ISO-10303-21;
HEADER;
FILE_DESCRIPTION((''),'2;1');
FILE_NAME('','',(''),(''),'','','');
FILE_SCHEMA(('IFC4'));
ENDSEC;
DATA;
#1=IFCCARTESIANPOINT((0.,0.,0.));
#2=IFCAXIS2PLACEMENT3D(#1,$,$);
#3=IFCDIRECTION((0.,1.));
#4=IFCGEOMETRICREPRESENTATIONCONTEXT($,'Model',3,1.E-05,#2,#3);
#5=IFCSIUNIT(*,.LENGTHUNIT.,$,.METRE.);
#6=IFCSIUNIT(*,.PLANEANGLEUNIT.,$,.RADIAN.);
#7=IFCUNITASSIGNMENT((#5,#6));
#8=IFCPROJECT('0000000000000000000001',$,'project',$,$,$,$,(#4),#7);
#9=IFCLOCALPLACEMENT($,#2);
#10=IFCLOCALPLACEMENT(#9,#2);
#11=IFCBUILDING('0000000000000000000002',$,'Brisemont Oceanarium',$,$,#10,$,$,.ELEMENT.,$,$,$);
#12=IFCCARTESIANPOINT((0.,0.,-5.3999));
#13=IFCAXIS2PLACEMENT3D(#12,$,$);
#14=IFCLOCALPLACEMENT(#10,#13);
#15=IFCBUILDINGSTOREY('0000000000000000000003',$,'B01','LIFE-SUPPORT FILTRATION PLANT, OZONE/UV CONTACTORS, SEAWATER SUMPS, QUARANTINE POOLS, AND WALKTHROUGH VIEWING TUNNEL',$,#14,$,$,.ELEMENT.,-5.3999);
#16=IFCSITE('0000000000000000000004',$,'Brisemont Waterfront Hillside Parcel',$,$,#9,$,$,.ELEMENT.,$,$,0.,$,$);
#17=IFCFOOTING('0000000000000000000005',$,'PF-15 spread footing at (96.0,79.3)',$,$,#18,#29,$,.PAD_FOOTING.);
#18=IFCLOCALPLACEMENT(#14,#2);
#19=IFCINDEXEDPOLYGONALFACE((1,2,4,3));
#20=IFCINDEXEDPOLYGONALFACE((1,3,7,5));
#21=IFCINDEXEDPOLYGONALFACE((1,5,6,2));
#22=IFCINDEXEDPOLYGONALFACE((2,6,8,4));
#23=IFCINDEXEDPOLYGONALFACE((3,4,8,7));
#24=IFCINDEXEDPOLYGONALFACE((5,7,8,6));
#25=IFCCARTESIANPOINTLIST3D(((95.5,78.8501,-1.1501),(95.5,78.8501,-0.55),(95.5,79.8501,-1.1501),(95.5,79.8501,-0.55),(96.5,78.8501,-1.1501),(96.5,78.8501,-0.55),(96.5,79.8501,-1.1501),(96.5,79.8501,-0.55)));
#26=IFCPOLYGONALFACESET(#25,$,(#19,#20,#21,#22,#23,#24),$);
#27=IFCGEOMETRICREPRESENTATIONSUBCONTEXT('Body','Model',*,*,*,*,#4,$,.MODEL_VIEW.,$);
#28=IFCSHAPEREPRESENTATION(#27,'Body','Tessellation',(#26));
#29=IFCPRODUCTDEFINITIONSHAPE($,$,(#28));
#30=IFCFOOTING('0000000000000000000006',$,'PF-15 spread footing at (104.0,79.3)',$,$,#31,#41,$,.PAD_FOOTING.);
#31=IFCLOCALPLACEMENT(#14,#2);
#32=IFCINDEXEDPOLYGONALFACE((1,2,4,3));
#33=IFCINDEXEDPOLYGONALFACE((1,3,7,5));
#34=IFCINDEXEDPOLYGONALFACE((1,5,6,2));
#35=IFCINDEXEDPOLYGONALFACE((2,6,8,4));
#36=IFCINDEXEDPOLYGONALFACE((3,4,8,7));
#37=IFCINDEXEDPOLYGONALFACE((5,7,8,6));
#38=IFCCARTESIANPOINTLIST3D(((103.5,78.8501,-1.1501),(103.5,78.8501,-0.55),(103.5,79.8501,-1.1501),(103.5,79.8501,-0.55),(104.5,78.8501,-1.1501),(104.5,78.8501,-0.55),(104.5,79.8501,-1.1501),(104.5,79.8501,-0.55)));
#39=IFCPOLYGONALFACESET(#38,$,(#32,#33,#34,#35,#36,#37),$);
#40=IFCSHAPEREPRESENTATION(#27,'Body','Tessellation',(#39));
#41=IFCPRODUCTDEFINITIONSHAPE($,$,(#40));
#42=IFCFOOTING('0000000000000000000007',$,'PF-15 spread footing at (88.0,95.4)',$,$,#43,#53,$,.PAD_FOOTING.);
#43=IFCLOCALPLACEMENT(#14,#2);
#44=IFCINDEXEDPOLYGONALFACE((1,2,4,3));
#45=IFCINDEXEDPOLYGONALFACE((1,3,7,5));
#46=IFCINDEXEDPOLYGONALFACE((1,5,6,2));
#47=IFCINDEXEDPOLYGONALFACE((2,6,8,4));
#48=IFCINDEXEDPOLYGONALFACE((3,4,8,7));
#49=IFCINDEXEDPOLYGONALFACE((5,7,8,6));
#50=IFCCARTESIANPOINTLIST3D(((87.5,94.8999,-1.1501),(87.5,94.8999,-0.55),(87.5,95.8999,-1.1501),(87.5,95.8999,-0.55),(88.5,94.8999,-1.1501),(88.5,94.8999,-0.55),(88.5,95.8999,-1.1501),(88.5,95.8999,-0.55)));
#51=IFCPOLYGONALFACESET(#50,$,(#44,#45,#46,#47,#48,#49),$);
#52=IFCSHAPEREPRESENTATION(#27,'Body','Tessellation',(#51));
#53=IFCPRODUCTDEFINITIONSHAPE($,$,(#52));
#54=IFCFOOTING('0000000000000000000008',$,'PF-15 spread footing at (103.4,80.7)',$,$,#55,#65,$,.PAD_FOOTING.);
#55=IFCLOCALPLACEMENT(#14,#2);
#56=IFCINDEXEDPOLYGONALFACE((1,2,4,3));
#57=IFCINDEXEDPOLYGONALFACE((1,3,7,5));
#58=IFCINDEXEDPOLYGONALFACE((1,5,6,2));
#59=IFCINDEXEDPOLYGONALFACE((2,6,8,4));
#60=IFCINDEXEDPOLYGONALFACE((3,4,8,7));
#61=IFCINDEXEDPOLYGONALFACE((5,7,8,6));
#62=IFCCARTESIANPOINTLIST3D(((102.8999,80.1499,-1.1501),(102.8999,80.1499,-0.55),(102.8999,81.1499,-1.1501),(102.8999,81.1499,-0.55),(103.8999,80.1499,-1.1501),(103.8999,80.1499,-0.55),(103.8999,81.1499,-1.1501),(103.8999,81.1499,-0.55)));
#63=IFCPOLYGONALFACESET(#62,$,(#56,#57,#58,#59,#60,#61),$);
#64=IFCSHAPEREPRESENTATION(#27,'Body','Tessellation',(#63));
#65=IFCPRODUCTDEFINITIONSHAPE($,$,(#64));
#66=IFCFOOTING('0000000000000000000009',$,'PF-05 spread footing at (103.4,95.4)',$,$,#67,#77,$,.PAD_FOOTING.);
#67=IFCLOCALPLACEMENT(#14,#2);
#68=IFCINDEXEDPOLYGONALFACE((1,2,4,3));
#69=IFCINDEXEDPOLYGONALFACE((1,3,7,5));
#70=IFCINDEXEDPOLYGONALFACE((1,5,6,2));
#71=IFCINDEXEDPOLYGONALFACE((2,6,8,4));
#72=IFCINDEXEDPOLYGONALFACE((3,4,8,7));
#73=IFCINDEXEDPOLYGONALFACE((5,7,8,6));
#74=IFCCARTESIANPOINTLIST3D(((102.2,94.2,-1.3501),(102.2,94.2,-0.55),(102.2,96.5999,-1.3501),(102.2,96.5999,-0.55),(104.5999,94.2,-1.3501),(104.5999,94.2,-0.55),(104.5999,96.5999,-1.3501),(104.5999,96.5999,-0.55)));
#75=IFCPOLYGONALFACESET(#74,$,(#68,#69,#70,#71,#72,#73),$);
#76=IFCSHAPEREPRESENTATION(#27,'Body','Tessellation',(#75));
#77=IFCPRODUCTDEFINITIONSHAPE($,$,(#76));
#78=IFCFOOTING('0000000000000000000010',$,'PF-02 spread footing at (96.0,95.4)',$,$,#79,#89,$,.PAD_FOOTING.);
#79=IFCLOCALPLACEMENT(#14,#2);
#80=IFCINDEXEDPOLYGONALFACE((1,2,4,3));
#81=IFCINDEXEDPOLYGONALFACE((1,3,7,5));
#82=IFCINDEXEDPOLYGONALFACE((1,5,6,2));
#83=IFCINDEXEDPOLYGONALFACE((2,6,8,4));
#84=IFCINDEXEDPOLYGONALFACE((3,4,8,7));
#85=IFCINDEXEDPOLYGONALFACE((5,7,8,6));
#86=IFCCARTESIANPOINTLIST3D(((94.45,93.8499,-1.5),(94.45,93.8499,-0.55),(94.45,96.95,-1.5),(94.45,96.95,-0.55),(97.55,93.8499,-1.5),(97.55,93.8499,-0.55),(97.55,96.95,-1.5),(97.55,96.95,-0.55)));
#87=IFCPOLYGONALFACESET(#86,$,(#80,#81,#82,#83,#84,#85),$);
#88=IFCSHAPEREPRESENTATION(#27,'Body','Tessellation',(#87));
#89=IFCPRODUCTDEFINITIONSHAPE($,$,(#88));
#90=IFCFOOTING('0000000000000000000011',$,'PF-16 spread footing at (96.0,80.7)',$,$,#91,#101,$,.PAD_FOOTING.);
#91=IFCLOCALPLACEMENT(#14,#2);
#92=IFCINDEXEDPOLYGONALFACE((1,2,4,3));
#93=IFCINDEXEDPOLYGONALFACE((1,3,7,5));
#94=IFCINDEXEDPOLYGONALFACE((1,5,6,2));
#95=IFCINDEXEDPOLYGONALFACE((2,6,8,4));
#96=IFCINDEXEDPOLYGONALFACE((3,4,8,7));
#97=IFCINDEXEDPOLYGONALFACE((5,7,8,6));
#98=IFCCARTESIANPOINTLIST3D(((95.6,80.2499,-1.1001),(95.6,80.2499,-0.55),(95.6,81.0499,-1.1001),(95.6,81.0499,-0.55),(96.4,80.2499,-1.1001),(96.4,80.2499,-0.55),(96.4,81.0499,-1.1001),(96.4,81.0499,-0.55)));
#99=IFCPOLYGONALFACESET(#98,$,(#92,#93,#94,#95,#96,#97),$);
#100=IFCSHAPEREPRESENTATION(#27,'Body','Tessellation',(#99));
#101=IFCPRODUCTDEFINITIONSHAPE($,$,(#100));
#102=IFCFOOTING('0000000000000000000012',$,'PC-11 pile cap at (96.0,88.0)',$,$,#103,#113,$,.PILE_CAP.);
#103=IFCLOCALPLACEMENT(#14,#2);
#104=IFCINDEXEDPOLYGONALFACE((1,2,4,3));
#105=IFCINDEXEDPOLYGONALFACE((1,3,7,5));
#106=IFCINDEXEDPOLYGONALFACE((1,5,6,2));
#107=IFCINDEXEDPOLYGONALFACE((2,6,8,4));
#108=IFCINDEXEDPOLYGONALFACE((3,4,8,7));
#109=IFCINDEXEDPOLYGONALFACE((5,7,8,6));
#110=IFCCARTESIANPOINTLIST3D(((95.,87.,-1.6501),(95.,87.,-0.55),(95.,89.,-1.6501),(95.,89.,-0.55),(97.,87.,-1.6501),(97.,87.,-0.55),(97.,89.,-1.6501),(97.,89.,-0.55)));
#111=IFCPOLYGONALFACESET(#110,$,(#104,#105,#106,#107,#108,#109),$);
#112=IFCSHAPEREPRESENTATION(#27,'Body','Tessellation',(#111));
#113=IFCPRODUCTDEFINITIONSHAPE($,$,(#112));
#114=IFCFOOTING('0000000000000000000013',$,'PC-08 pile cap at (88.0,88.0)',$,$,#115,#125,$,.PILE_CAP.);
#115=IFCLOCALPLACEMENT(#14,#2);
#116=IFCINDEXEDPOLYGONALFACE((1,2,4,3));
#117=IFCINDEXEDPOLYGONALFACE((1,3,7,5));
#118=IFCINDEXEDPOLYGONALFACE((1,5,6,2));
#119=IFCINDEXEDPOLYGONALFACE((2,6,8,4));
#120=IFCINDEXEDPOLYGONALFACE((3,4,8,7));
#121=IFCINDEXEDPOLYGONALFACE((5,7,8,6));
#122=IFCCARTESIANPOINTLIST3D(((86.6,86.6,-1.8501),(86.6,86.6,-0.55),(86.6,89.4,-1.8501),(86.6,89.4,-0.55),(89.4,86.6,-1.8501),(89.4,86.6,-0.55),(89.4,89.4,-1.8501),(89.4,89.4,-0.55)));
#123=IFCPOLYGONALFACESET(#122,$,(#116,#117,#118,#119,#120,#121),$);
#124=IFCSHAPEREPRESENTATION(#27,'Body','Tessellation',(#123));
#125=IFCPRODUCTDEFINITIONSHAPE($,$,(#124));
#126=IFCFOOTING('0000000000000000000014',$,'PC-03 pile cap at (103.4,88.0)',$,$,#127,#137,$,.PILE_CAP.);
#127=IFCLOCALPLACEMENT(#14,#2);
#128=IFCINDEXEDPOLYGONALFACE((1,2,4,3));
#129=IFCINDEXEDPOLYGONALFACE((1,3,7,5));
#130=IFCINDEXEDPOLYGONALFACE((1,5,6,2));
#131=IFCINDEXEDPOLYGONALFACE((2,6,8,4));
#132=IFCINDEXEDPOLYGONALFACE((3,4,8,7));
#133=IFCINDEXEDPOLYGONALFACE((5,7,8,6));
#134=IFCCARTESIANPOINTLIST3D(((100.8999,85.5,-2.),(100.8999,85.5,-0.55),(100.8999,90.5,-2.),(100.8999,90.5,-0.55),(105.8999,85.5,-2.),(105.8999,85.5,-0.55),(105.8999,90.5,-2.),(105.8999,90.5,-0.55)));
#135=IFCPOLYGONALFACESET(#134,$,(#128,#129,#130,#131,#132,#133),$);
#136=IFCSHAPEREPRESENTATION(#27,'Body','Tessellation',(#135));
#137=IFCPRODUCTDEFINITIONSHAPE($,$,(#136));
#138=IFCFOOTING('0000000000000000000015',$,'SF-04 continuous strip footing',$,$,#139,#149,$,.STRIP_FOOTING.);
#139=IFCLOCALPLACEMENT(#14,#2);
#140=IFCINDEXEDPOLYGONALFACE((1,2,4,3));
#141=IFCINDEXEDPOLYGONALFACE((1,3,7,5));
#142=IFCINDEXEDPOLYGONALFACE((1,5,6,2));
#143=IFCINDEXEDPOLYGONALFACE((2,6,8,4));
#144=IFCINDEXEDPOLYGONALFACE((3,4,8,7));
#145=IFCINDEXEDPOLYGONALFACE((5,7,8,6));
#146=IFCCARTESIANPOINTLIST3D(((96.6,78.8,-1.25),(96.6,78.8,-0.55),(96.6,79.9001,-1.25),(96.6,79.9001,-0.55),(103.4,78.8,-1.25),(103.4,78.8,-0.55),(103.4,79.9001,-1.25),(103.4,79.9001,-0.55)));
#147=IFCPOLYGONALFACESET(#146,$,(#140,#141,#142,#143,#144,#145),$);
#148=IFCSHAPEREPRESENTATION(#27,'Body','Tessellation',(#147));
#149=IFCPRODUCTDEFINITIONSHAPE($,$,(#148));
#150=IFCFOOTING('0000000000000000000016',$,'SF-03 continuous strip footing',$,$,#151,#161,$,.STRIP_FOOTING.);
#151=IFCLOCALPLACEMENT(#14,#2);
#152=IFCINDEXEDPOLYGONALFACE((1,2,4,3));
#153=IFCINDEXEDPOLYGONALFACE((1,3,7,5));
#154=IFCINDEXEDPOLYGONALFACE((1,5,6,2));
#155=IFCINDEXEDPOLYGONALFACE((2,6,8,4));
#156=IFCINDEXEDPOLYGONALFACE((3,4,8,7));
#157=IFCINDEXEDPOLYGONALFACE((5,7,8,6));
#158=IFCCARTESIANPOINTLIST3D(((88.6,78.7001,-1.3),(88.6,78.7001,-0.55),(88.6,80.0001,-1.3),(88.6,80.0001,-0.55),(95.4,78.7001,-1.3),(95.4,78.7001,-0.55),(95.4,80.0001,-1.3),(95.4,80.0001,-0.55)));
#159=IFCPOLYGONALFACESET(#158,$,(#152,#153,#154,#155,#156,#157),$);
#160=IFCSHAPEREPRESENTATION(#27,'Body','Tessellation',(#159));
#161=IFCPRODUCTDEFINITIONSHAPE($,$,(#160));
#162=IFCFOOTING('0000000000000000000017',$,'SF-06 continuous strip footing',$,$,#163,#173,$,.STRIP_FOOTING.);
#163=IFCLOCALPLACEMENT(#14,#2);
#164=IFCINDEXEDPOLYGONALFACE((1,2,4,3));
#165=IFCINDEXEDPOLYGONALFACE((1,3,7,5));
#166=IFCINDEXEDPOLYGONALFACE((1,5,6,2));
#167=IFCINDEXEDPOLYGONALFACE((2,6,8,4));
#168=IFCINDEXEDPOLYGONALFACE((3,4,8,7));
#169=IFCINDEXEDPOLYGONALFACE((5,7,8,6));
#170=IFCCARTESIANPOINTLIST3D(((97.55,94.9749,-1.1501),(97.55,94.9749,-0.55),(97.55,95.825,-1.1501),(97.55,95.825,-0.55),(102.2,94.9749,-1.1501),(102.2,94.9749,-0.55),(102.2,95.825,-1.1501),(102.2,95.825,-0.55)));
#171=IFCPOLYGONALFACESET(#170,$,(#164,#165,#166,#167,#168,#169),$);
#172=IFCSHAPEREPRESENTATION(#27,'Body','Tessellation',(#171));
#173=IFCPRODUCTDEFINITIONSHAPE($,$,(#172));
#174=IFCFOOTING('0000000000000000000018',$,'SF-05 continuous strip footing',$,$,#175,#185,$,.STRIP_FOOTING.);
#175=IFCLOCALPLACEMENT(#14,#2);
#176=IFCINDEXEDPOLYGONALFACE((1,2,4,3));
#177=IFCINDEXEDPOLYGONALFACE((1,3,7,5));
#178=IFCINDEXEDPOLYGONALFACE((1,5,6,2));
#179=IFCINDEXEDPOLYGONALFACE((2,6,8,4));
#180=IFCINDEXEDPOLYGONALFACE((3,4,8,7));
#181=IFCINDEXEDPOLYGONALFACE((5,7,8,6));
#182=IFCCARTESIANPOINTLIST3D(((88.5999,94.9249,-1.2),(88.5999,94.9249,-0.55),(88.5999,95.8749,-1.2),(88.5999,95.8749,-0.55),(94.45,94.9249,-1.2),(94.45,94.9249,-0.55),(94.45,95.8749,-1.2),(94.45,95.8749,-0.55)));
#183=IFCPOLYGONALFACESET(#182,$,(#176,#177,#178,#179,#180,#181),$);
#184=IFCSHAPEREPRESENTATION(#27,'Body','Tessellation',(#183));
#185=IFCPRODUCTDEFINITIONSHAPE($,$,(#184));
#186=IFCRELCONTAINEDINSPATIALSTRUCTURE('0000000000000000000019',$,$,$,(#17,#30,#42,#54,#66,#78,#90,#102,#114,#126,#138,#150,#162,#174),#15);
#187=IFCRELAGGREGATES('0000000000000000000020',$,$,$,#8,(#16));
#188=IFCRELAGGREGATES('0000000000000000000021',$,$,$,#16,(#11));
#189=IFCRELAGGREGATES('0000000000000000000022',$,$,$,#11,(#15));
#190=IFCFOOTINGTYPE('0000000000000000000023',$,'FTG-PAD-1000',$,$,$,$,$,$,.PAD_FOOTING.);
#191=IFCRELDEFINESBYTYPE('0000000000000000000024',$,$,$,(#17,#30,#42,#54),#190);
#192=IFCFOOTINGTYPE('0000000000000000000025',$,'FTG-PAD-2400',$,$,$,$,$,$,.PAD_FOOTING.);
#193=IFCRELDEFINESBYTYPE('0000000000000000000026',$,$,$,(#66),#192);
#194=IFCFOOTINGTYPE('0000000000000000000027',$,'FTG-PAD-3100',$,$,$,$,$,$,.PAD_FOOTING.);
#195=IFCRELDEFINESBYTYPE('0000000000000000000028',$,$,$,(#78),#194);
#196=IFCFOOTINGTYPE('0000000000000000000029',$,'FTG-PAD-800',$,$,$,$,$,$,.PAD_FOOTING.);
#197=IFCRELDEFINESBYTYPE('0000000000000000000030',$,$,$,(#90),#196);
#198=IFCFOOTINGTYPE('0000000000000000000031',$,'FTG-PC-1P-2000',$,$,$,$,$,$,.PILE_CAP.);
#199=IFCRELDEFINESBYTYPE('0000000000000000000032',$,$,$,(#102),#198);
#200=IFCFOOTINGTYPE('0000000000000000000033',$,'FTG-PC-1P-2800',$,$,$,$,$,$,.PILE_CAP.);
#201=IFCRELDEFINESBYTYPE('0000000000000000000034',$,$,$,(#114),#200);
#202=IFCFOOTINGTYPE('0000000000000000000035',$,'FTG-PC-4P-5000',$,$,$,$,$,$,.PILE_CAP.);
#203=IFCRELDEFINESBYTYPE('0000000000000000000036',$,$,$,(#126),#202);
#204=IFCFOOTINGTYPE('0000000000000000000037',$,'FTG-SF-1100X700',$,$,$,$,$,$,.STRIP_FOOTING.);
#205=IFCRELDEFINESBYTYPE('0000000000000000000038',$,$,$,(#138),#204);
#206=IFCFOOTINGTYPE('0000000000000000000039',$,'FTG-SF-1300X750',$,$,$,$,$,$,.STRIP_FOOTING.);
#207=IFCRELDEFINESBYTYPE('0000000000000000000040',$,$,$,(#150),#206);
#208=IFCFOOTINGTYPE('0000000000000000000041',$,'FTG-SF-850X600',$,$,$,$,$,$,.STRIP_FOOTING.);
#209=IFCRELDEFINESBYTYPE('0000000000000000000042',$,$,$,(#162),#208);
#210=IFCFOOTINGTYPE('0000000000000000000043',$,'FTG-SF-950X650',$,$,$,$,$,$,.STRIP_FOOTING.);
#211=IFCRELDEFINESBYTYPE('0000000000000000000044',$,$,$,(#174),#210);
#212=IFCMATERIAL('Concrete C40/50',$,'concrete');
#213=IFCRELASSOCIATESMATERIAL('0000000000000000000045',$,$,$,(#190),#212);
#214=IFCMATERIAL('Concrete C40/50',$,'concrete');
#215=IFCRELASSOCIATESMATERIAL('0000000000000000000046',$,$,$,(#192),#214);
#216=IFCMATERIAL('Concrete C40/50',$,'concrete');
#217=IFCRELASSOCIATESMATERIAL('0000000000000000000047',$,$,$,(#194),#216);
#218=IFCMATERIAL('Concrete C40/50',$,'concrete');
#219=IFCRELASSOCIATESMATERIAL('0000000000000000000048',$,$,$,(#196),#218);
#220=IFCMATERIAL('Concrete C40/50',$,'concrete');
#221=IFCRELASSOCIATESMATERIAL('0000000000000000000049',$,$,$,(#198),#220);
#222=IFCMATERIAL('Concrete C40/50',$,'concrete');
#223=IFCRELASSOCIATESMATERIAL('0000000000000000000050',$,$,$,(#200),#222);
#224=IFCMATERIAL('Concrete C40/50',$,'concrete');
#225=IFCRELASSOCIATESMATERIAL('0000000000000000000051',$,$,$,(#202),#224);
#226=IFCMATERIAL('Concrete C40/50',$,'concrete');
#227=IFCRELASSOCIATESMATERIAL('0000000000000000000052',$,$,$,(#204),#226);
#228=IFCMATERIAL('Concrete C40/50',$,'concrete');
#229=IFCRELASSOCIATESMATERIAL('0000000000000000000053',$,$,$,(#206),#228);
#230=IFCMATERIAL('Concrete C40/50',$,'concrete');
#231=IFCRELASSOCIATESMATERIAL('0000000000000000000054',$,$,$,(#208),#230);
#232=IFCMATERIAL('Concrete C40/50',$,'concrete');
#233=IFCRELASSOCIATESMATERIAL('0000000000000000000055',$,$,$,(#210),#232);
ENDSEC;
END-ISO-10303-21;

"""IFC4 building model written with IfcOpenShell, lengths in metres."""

from ifc_helpers import new_model, si_unit, direction, frame, origin, origin_2d, place, context, subcontext, project, spatial, rectangle, extrude, material, type_object, element, save


model = new_model("IFC4")

# Units and contexts
model_context = context("Model", 3, precision=1e-05, world=origin(), true_north=direction((0.0, 1.0)))
body_context = subcontext(model_context, "Body", "Model", "MODEL_VIEW")
ifc_project = project(units=[si_unit("LENGTHUNIT", "METRE"), si_unit("PLANEANGLEUNIT", "RADIAN")], contexts=[model_context])

# Site, building, storey
site_placement = place(None, origin())
site = spatial("IfcSite", under=ifc_project, at=site_placement, Name="Brisemont Waterfront Hillside Parcel", CompositionType="ELEMENT", RefElevation=0.0)
building_placement = place(site_placement, origin())
building = spatial("IfcBuilding", under=site, at=building_placement, Name="Brisemont Oceanarium", CompositionType="ELEMENT")
storey_placement = place(building_placement, frame((0.0, 0.0, -5.3999)))
storey = spatial("IfcBuildingStorey", under=building, at=storey_placement, Name="B01", Description="LIFE-SUPPORT FILTRATION PLANT, OZONE/UV CONTACTORS, SEAWATER SUMPS, QUARANTINE POOLS, AND WALKTHROUGH VIEWING TUNNEL", CompositionType="ELEMENT", Elevation=-5.3999)

# Footings
ifc_material_1 = material(Name="Concrete C40/50", Category="concrete")
footing_type_1 = type_object("IfcFootingType", Name="FTG-PAD-1000", PredefinedType="PAD_FOOTING", material=ifc_material_1)
for number, where, z_axis, x_axis, name in (
    (1, (96.0, 79.3501, -1.1501), (0.0, 0.0, 1.0), (1.0, 0.0, 0.0), "PF-15 spread footing at (96.0,79.3)"),
    (2, (104.0, 79.3501, -1.1501), (0.0, 0.0, 1.0), (1.0, 0.0, 0.0), "PF-15 spread footing at (104.0,79.3)"),
    (3, (88.0, 95.3999, -1.1501), (0.0, 0.0, 1.0), (1.0, 0.0, 0.0), "PF-15 spread footing at (88.0,95.4)"),
    (4, (103.3999, 80.6499, -1.1501), (0.0, 0.0, 1.0), (1.0, 0.0, 0.0), "PF-15 spread footing at (103.4,80.7)"),
):
    element("IfcFooting", number, at=place(storey_placement, frame(where, z_axis=z_axis, x_axis=x_axis)), inside=storey, type_object=footing_type_1, Name=name, PredefinedType="PAD_FOOTING", context=body_context, shape_type="SweptSolid", body=[
        extrude(rectangle(XDim=1.0, YDim=1.0, at=origin_2d()), origin(), (0.0, 0.0, 1.0), 0.6001),
    ])
ifc_material_2 = material(Name="Concrete C40/50", Category="concrete")
footing_type_2 = type_object("IfcFootingType", Name="FTG-PAD-2400", PredefinedType="PAD_FOOTING", material=ifc_material_2)
footing_1_placement = place(storey_placement, frame((103.3999, 95.3999, -1.3501), z_axis=(0.0, 0.0, 1.0), x_axis=(1.0, 0.0, 0.0)))
element("IfcFooting", 5, at=footing_1_placement, inside=storey, type_object=footing_type_2, Name="PF-05 spread footing at (103.4,95.4)", PredefinedType="PAD_FOOTING", context=body_context, shape_type="SweptSolid", body=[
    extrude(rectangle(XDim=2.3999, YDim=2.3999, at=origin_2d()), origin(), (0.0, 0.0, 1.0), 0.8),
])
ifc_material_3 = material(Name="Concrete C40/50", Category="concrete")
footing_type_3 = type_object("IfcFootingType", Name="FTG-PAD-3100", PredefinedType="PAD_FOOTING", material=ifc_material_3)
footing_2_placement = place(storey_placement, frame((96.0, 95.3999, -1.5), z_axis=(0.0, 0.0, 1.0), x_axis=(1.0, 0.0, 0.0)))
element("IfcFooting", 6, at=footing_2_placement, inside=storey, type_object=footing_type_3, Name="PF-02 spread footing at (96.0,95.4)", PredefinedType="PAD_FOOTING", context=body_context, shape_type="SweptSolid", body=[
    extrude(rectangle(XDim=3.1001, YDim=3.1001, at=origin_2d()), origin(), (0.0, 0.0, 1.0), 0.95),
])
ifc_material_4 = material(Name="Concrete C40/50", Category="concrete")
footing_type_4 = type_object("IfcFootingType", Name="FTG-PAD-800", PredefinedType="PAD_FOOTING", material=ifc_material_4)
footing_3_placement = place(storey_placement, frame((96.0, 80.6499, -1.1001), z_axis=(0.0, 0.0, 1.0), x_axis=(1.0, 0.0, 0.0)))
element("IfcFooting", 7, at=footing_3_placement, inside=storey, type_object=footing_type_4, Name="PF-16 spread footing at (96.0,80.7)", PredefinedType="PAD_FOOTING", context=body_context, shape_type="SweptSolid", body=[
    extrude(rectangle(XDim=0.8, YDim=0.8, at=origin_2d()), origin(), (0.0, 0.0, 1.0), 0.55),
])
ifc_material_5 = material(Name="Concrete C40/50", Category="concrete")
footing_type_5 = type_object("IfcFootingType", Name="FTG-PC-1P-2000", PredefinedType="PILE_CAP", material=ifc_material_5)
footing_4_placement = place(storey_placement, frame((96.0, 88.0, -1.6501), z_axis=(0.0, 0.0, 1.0), x_axis=(1.0, 0.0, 0.0)))
element("IfcFooting", 8, at=footing_4_placement, inside=storey, type_object=footing_type_5, Name="PC-11 pile cap at (96.0,88.0)", PredefinedType="PILE_CAP", context=body_context, shape_type="SweptSolid", body=[
    extrude(rectangle(XDim=2.0, YDim=2.0, at=origin_2d()), origin(), (0.0, 0.0, 1.0), 1.1001),
])
ifc_material_6 = material(Name="Concrete C40/50", Category="concrete")
footing_type_6 = type_object("IfcFootingType", Name="FTG-PC-1P-2800", PredefinedType="PILE_CAP", material=ifc_material_6)
footing_5_placement = place(storey_placement, frame((88.0, 88.0, -1.8501), z_axis=(0.0, 0.0, 1.0), x_axis=(1.0, 0.0, 0.0)))
element("IfcFooting", 9, at=footing_5_placement, inside=storey, type_object=footing_type_6, Name="PC-08 pile cap at (88.0,88.0)", PredefinedType="PILE_CAP", context=body_context, shape_type="SweptSolid", body=[
    extrude(rectangle(XDim=2.8, YDim=2.8, at=origin_2d()), origin(), (0.0, 0.0, 1.0), 1.3),
])
ifc_material_7 = material(Name="Concrete C40/50", Category="concrete")
footing_type_7 = type_object("IfcFootingType", Name="FTG-PC-4P-5000", PredefinedType="PILE_CAP", material=ifc_material_7)
footing_6_placement = place(storey_placement, frame((103.3999, 88.0, -2.0), z_axis=(0.0, 0.0, 1.0), x_axis=(1.0, 0.0, 0.0)))
element("IfcFooting", 10, at=footing_6_placement, inside=storey, type_object=footing_type_7, Name="PC-03 pile cap at (103.4,88.0)", PredefinedType="PILE_CAP", context=body_context, shape_type="SweptSolid", body=[
    extrude(rectangle(XDim=5.0, YDim=5.0, at=origin_2d()), origin(), (0.0, 0.0, 1.0), 1.45),
])
ifc_material_8 = material(Name="Concrete C40/50", Category="concrete")
footing_type_8 = type_object("IfcFootingType", Name="FTG-SF-1100X700", PredefinedType="STRIP_FOOTING", material=ifc_material_8)
footing_7_placement = place(storey_placement, frame((100.0, 79.3501, -1.25), z_axis=(0.0, 0.0, 1.0), x_axis=(1.0, 0.0, 0.0)))
element("IfcFooting", 11, at=footing_7_placement, inside=storey, type_object=footing_type_8, Name="SF-04 continuous strip footing", PredefinedType="STRIP_FOOTING", context=body_context, shape_type="SweptSolid", body=[
    extrude(rectangle(XDim=6.8, YDim=1.1001, at=origin_2d()), origin(), (0.0, 0.0, 1.0), 0.7),
])
ifc_material_9 = material(Name="Concrete C40/50", Category="concrete")
footing_type_9 = type_object("IfcFootingType", Name="FTG-SF-1300X750", PredefinedType="STRIP_FOOTING", material=ifc_material_9)
footing_8_placement = place(storey_placement, frame((92.0, 79.3501, -1.3), z_axis=(0.0, 0.0, 1.0), x_axis=(1.0, 0.0, 0.0)))
element("IfcFooting", 12, at=footing_8_placement, inside=storey, type_object=footing_type_9, Name="SF-03 continuous strip footing", PredefinedType="STRIP_FOOTING", context=body_context, shape_type="SweptSolid", body=[
    extrude(rectangle(XDim=6.8, YDim=1.3, at=origin_2d()), origin(), (0.0, 0.0, 1.0), 0.75),
])
ifc_material_10 = material(Name="Concrete C40/50", Category="concrete")
footing_type_10 = type_object("IfcFootingType", Name="FTG-SF-850X600", PredefinedType="STRIP_FOOTING", material=ifc_material_10)
footing_9_placement = place(storey_placement, frame((99.875, 95.3999, -1.1501), z_axis=(0.0, 0.0, 1.0), x_axis=(1.0, 0.0, 0.0)))
element("IfcFooting", 13, at=footing_9_placement, inside=storey, type_object=footing_type_10, Name="SF-06 continuous strip footing", PredefinedType="STRIP_FOOTING", context=body_context, shape_type="SweptSolid", body=[
    extrude(rectangle(XDim=4.6499, YDim=0.8501, at=origin_2d()), origin(), (0.0, 0.0, 1.0), 0.6001),
])
ifc_material_11 = material(Name="Concrete C40/50", Category="concrete")
footing_type_11 = type_object("IfcFootingType", Name="FTG-SF-950X650", PredefinedType="STRIP_FOOTING", material=ifc_material_11)
footing_10_placement = place(storey_placement, frame((91.5249, 95.3999, -1.2), z_axis=(0.0, 0.0, 1.0), x_axis=(1.0, 0.0, 0.0)))
element("IfcFooting", 14, at=footing_10_placement, inside=storey, type_object=footing_type_11, Name="SF-05 continuous strip footing", PredefinedType="STRIP_FOOTING", context=body_context, shape_type="SweptSolid", body=[
    extrude(rectangle(XDim=5.8501, YDim=0.95, at=origin_2d()), origin(), (0.0, 0.0, 1.0), 0.6499),
])

save(model, "model.ifc")
